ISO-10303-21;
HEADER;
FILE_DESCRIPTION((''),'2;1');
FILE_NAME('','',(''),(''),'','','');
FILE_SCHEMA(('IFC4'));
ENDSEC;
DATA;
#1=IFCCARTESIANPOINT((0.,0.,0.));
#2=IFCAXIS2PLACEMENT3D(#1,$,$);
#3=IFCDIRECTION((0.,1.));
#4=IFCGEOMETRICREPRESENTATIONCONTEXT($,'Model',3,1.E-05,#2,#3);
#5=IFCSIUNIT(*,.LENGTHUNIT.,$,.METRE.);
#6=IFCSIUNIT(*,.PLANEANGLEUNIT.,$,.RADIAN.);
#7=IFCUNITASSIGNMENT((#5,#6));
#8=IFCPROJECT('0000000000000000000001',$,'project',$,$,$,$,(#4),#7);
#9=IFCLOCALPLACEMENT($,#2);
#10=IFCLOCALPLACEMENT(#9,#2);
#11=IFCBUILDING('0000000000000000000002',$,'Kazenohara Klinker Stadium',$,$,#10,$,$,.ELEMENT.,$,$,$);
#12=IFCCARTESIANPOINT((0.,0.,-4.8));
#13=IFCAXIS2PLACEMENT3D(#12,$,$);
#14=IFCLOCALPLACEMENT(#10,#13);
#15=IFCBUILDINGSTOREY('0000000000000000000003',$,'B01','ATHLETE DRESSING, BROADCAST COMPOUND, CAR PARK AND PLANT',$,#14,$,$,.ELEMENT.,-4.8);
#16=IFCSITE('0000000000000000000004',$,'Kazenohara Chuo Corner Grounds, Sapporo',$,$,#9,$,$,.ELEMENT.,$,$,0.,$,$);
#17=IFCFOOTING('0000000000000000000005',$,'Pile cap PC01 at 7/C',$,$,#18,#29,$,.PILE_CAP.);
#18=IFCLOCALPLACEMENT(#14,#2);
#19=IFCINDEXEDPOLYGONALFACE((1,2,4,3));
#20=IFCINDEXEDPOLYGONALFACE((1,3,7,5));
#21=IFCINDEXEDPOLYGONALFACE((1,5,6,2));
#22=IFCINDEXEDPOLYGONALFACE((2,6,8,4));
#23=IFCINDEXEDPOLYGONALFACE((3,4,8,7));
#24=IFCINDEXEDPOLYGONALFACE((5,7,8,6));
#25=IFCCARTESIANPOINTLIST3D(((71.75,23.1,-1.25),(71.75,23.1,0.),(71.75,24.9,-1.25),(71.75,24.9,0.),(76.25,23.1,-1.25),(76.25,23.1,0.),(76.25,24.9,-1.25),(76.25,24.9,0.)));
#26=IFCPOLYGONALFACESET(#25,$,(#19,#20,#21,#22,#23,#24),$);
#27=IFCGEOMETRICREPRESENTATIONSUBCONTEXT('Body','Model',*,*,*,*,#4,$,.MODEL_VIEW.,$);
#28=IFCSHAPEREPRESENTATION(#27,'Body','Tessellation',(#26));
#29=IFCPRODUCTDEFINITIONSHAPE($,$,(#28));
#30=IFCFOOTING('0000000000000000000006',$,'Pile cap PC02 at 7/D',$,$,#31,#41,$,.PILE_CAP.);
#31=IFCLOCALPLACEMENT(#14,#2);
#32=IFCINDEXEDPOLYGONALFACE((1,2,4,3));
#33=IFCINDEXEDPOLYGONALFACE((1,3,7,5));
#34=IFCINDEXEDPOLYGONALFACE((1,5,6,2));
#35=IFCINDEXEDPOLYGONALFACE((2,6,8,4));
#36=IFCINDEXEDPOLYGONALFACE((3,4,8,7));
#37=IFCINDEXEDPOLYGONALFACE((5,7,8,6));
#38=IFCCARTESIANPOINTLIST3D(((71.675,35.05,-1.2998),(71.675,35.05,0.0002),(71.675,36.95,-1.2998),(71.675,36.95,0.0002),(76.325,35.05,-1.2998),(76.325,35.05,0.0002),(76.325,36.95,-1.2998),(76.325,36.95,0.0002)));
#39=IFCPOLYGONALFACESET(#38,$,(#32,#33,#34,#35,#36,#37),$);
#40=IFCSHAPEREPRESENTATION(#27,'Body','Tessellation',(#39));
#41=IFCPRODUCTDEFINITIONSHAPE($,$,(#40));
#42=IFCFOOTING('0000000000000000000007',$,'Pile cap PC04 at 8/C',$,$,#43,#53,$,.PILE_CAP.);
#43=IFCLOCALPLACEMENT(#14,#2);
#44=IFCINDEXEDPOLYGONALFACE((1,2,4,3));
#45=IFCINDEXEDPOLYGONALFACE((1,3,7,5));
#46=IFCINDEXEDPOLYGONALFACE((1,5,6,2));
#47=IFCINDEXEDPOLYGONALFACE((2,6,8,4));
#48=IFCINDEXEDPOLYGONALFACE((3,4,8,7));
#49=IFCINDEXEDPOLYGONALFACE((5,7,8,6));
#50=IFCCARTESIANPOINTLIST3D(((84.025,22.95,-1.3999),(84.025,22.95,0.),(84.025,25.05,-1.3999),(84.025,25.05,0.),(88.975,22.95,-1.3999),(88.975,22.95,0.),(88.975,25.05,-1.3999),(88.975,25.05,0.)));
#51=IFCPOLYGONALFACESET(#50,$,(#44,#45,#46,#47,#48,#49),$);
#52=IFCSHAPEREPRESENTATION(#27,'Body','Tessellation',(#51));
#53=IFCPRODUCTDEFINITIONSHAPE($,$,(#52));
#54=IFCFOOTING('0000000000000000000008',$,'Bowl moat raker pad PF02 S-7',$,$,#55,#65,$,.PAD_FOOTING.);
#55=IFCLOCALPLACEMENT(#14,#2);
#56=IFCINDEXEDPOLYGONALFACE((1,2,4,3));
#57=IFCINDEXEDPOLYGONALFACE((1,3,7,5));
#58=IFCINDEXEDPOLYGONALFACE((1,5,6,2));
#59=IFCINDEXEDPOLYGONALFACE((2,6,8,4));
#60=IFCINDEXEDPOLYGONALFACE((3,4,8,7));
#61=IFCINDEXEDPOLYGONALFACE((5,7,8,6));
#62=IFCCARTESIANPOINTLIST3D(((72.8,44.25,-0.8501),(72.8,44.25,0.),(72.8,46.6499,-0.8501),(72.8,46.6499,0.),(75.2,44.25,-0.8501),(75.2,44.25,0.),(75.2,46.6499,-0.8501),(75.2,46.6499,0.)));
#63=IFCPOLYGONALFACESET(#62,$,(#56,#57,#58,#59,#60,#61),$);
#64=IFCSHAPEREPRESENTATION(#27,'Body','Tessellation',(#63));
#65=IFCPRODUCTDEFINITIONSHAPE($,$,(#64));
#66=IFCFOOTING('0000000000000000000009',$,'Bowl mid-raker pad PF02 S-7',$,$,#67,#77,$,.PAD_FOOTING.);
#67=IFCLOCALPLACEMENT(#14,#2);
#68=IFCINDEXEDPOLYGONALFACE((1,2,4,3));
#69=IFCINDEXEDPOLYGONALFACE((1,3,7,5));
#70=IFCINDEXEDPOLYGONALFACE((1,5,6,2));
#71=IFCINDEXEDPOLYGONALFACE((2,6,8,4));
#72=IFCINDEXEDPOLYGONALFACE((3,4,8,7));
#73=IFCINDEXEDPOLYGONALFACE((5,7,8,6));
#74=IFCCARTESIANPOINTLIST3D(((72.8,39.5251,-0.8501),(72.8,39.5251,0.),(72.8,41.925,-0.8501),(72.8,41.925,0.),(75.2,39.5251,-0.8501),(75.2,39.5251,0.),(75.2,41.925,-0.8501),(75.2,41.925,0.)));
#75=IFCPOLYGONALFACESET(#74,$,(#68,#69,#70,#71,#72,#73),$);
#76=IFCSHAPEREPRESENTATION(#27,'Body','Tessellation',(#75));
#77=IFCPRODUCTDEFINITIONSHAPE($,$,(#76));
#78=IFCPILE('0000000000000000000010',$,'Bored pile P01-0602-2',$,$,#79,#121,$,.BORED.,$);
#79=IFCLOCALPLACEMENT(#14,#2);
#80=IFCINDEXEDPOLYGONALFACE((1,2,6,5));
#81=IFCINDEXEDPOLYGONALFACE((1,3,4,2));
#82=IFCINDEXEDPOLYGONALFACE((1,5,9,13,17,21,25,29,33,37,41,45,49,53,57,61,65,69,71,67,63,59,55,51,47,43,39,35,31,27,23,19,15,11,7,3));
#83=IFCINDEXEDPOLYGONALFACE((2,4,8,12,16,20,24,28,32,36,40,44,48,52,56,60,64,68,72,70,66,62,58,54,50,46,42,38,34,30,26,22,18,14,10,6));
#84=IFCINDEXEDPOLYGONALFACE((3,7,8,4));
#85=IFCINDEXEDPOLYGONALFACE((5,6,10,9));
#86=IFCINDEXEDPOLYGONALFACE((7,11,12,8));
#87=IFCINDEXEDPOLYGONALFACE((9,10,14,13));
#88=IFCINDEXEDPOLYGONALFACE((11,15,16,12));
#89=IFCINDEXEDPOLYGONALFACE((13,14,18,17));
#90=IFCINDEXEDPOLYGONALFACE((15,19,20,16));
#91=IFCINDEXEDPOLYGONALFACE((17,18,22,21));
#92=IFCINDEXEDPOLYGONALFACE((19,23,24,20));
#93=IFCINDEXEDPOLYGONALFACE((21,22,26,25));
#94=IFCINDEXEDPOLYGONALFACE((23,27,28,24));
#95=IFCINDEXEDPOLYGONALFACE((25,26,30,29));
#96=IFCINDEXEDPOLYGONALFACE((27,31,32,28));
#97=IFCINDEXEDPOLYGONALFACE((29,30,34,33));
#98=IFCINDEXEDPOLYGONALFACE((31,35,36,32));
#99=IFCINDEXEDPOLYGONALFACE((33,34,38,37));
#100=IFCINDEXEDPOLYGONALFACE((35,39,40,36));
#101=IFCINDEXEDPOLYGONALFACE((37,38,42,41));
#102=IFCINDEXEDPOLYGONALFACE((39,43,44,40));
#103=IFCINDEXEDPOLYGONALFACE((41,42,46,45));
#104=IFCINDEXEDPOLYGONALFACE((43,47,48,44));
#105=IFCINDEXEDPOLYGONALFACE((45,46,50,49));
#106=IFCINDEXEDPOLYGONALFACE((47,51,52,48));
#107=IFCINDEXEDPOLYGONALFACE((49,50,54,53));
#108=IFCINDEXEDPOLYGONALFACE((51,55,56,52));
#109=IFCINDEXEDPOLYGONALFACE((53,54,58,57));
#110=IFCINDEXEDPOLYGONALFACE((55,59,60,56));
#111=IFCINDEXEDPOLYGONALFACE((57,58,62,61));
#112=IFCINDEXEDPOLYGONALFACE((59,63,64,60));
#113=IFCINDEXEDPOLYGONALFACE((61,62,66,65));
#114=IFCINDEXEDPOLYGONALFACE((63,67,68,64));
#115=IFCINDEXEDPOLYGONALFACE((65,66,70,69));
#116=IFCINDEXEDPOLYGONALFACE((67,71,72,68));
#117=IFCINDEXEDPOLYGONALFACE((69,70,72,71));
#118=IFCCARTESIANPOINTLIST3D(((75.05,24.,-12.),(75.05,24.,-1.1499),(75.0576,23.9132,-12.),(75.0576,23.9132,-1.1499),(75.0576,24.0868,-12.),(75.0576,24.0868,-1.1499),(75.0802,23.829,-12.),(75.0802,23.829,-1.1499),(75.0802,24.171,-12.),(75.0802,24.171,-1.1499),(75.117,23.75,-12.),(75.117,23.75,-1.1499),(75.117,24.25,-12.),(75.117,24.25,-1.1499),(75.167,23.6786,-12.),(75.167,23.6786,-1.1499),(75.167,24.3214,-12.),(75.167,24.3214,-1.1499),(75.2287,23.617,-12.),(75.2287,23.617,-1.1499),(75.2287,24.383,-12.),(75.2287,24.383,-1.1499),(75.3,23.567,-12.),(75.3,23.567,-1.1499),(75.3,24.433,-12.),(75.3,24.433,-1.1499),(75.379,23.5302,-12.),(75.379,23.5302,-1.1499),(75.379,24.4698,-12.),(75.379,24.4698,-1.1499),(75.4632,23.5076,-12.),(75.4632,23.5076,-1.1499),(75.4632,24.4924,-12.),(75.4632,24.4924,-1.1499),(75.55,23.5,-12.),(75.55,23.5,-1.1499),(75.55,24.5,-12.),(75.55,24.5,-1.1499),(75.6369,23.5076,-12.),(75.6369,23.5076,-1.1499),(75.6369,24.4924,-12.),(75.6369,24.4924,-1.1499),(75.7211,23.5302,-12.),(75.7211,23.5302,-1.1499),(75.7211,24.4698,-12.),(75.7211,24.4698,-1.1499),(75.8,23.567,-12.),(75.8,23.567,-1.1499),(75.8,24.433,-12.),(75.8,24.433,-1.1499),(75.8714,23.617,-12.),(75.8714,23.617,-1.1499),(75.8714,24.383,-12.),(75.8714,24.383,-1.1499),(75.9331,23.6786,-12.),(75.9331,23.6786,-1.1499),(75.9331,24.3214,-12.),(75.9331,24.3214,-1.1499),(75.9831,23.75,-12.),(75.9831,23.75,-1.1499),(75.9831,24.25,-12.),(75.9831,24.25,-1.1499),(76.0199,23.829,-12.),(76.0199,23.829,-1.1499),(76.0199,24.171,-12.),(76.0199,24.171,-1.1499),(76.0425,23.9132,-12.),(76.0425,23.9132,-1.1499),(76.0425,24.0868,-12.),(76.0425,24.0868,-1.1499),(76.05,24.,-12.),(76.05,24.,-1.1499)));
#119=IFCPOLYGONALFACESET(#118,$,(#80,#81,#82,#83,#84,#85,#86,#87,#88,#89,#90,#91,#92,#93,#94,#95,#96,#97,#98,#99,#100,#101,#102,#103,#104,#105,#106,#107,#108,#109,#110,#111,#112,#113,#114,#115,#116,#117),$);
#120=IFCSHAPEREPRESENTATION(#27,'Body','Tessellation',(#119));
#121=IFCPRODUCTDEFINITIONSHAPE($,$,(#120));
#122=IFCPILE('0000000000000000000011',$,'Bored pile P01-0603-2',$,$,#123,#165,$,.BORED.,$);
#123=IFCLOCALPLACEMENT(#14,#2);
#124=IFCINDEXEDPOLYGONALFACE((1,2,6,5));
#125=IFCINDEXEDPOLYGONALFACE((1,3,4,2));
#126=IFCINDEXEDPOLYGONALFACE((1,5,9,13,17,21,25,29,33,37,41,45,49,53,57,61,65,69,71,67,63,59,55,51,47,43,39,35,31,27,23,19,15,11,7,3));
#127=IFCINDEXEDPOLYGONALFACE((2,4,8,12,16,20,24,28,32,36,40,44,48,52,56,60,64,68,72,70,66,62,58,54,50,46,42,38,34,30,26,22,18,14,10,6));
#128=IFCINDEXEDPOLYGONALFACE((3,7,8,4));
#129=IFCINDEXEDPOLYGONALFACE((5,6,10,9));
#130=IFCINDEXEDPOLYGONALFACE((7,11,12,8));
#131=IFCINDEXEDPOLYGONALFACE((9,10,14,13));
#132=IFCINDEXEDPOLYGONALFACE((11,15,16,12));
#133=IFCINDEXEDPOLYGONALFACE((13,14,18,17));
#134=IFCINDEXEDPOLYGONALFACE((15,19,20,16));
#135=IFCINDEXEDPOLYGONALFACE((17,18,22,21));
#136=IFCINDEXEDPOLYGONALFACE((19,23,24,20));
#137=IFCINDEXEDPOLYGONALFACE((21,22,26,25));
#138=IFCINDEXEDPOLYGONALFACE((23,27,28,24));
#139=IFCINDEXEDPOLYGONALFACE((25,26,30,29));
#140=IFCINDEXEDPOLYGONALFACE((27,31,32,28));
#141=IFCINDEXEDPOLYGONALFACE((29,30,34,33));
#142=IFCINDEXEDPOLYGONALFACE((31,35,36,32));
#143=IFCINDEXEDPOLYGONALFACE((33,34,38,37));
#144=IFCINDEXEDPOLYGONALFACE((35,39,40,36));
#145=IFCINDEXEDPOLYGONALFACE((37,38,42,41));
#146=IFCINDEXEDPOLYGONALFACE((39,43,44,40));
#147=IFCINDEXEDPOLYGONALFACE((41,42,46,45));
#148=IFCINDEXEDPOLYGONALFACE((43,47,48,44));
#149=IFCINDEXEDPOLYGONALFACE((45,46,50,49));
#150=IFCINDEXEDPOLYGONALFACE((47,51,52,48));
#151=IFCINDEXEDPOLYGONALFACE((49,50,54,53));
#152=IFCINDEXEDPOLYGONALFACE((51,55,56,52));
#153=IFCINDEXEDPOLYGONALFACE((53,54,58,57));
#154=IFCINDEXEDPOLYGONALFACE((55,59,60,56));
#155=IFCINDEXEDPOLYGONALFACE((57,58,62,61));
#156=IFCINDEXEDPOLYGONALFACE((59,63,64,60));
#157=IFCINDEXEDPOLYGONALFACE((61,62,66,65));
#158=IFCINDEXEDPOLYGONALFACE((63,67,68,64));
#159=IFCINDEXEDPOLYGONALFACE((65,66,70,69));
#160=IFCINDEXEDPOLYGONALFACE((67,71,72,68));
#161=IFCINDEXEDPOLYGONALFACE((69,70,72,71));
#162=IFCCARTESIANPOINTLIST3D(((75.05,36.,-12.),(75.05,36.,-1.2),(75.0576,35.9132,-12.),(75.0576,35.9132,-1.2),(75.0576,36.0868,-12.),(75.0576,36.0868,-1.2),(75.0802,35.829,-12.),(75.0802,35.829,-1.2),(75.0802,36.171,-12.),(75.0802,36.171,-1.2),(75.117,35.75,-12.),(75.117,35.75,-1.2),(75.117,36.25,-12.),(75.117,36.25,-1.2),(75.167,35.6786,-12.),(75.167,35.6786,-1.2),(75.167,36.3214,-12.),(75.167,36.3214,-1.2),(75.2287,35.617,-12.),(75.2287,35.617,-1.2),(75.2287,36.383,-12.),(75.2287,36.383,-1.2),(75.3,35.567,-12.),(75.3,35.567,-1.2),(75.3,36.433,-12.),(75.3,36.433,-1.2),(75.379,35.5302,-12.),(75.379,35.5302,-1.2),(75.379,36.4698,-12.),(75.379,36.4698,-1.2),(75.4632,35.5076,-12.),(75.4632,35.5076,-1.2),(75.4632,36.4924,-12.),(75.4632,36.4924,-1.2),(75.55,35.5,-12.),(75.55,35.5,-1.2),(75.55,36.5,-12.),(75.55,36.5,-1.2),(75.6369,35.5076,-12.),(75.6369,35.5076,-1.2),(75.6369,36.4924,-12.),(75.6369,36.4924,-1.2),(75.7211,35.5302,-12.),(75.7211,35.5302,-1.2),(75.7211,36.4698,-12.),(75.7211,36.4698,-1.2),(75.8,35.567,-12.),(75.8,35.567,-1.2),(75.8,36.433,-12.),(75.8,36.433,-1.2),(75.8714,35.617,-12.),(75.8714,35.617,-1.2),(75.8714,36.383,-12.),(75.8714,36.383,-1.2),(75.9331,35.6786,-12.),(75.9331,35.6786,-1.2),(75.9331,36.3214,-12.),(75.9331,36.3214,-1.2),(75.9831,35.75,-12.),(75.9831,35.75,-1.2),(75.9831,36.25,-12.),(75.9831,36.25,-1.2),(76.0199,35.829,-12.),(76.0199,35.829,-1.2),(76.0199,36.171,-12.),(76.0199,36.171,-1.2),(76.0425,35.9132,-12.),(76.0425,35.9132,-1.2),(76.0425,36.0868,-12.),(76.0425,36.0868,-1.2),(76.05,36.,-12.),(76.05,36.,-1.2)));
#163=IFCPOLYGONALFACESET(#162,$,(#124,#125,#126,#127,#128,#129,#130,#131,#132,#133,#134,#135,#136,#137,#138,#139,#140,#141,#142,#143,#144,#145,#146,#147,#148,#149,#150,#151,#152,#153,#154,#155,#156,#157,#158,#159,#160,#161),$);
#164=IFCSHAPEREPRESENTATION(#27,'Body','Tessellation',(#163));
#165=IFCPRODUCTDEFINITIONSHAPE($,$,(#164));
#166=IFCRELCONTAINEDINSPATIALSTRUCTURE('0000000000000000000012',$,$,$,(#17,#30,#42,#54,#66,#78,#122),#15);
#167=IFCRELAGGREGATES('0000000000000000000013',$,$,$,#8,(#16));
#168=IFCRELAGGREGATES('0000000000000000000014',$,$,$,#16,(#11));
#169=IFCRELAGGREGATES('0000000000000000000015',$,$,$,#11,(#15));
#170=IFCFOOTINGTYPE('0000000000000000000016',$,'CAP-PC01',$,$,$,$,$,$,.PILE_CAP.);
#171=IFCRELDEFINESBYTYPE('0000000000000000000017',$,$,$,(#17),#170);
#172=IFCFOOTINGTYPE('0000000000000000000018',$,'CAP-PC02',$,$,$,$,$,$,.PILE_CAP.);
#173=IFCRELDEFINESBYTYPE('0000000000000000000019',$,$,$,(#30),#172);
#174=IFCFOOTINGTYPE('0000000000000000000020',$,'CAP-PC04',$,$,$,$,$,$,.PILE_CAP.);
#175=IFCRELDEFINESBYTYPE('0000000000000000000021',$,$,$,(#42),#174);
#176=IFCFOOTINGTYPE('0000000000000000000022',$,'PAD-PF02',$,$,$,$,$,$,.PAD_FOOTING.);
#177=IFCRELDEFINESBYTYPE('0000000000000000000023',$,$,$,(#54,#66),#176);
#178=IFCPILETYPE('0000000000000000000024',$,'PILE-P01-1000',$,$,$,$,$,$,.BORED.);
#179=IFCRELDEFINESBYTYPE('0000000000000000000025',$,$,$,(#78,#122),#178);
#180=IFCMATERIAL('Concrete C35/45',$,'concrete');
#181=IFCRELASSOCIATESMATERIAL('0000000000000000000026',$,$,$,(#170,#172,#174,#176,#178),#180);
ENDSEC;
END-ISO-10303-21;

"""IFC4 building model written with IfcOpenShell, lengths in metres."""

from ifc_helpers import new_model, si_unit, direction, frame, origin, origin_2d, place, context, subcontext, project, spatial, rectangle, circle, extrude, material, material_profile, profile_set, type_object, element, save


model = new_model("IFC4")

# Units and contexts
model_context = context("Model", 3, precision=1e-05, world=origin(), true_north=direction((0.0, 1.0)))
body_context = subcontext(model_context, "Body", "Model", "MODEL_VIEW")
ifc_project = project(units=[si_unit("LENGTHUNIT", "METRE"), si_unit("PLANEANGLEUNIT", "RADIAN")], contexts=[model_context])

# Site, building, storey
site_placement = place(None, origin())
site = spatial("IfcSite", under=ifc_project, at=site_placement, Name="Kazenohara Chuo Corner Grounds, Sapporo", CompositionType="ELEMENT", RefElevation=0.0)
building_placement = place(site_placement, origin())
building = spatial("IfcBuilding", under=site, at=building_placement, Name="Kazenohara Klinker Stadium", CompositionType="ELEMENT")
storey_placement = place(building_placement, frame((0.0, 0.0, -4.8)))
storey = spatial("IfcBuildingStorey", under=building, at=storey_placement, Name="B01", Description="ATHLETE DRESSING, BROADCAST COMPOUND, CAR PARK AND PLANT", CompositionType="ELEMENT", Elevation=-4.8)

# Footings
ifc_material_1 = material(Name="Concrete C35/45", Category="concrete")
footing_type_1 = type_object("IfcFootingType", Name="CAP-PC01", PredefinedType="PILE_CAP", material=ifc_material_1)
footing_1_placement = place(storey_placement, frame((74.0, 24.0, -1.25), z_axis=(0.0, 0.0, 1.0), x_axis=(1.0, 0.0, 0.0)))
element("IfcFooting", 1, at=footing_1_placement, inside=storey, type_object=footing_type_1, Name="Pile cap PC01 at 7/C", PredefinedType="PILE_CAP", context=body_context, shape_type="SweptSolid", body=[
    extrude(rectangle(XDim=4.5, YDim=1.8, at=origin_2d()), origin(), (0.0, 0.0, 1.0), 1.25),
])
footing_type_2 = type_object("IfcFootingType", Name="CAP-PC02", PredefinedType="PILE_CAP", material=ifc_material_1)
footing_2_placement = place(storey_placement, frame((74.0, 36.0, -1.2998), z_axis=(0.0, 0.0, 1.0), x_axis=(1.0, 0.0, 0.0)))
element("IfcFooting", 2, at=footing_2_placement, inside=storey, type_object=footing_type_2, Name="Pile cap PC02 at 7/D", PredefinedType="PILE_CAP", context=body_context, shape_type="SweptSolid", body=[
    extrude(rectangle(XDim=4.6499, YDim=1.8999, at=origin_2d()), origin(), (0.0, 0.0, 1.0), 1.3),
])
footing_type_3 = type_object("IfcFootingType", Name="CAP-PC04", PredefinedType="PILE_CAP", material=ifc_material_1)
footing_3_placement = place(storey_placement, frame((86.5, 24.0, -1.3999), z_axis=(0.0, 0.0, 1.0), x_axis=(1.0, 0.0, 0.0)))
element("IfcFooting", 3, at=footing_3_placement, inside=storey, type_object=footing_type_3, Name="Pile cap PC04 at 8/C", PredefinedType="PILE_CAP", context=body_context, shape_type="SweptSolid", body=[
    extrude(rectangle(XDim=4.95, YDim=2.1001, at=origin_2d()), origin(), (0.0, 0.0, 1.0), 1.3999),
])
footing_type_4 = type_object("IfcFootingType", Name="PAD-PF02", PredefinedType="PAD_FOOTING", material=ifc_material_1)
for number, where, z_axis, x_axis, name in (
    (4, (74.0, 45.45, -0.8501), (0.0, 0.0, 1.0), (1.0, 0.0, 0.0), "Bowl moat raker pad PF02 S-7"),
    (5, (74.0, 40.7251, -0.8501), (0.0, 0.0, 1.0), (1.0, 0.0, 0.0), "Bowl mid-raker pad PF02 S-7"),
):
    element("IfcFooting", number, at=place(storey_placement, frame(where, z_axis=z_axis, x_axis=x_axis)), inside=storey, type_object=footing_type_4, Name=name, PredefinedType="PAD_FOOTING", context=body_context, shape_type="SweptSolid", body=[
        extrude(rectangle(XDim=2.3999, YDim=2.3999, at=origin_2d()), origin(), (0.0, 0.0, 1.0), 0.8501),
    ])

# Piles
ifc_material_profile_1 = material_profile(ifc_material_1, circle(Radius=0.5, at=origin_2d()), Name="BORED-PILE-1000")
ifc_profile_set_1 = profile_set([ifc_material_profile_1], Name="Concrete C35/45")
pile_type = type_object("IfcPileType", Name="PILE-P01-1000", PredefinedType="BORED", material=ifc_profile_set_1)
pile_1_placement = place(storey_placement, frame((75.55, 24.0, -1.1499), z_axis=(0.0, 0.0, -1.0), x_axis=(1.0, 0.0, 0.0)))
element("IfcPile", 6, at=pile_1_placement, inside=storey, type_object=pile_type, Name="Bored pile P01-0602-2", PredefinedType="BORED", context=body_context, shape_type="SweptSolid", body=[
    extrude(circle(Radius=0.5, at=origin_2d()), origin(), (0.0, 0.0, 1.0), 10.8501),
])
pile_2_placement = place(storey_placement, frame((75.55, 36.0, -1.2), z_axis=(0.0, 0.0, -1.0), x_axis=(1.0, 0.0, 0.0)))
element("IfcPile", 7, at=pile_2_placement, inside=storey, type_object=pile_type, Name="Bored pile P01-0603-2", PredefinedType="BORED", context=body_context, shape_type="SweptSolid", body=[
    extrude(circle(Radius=0.5, at=origin_2d()), origin(), (0.0, 0.0, 1.0), 10.8),
])

save(model, "model.ifc")
